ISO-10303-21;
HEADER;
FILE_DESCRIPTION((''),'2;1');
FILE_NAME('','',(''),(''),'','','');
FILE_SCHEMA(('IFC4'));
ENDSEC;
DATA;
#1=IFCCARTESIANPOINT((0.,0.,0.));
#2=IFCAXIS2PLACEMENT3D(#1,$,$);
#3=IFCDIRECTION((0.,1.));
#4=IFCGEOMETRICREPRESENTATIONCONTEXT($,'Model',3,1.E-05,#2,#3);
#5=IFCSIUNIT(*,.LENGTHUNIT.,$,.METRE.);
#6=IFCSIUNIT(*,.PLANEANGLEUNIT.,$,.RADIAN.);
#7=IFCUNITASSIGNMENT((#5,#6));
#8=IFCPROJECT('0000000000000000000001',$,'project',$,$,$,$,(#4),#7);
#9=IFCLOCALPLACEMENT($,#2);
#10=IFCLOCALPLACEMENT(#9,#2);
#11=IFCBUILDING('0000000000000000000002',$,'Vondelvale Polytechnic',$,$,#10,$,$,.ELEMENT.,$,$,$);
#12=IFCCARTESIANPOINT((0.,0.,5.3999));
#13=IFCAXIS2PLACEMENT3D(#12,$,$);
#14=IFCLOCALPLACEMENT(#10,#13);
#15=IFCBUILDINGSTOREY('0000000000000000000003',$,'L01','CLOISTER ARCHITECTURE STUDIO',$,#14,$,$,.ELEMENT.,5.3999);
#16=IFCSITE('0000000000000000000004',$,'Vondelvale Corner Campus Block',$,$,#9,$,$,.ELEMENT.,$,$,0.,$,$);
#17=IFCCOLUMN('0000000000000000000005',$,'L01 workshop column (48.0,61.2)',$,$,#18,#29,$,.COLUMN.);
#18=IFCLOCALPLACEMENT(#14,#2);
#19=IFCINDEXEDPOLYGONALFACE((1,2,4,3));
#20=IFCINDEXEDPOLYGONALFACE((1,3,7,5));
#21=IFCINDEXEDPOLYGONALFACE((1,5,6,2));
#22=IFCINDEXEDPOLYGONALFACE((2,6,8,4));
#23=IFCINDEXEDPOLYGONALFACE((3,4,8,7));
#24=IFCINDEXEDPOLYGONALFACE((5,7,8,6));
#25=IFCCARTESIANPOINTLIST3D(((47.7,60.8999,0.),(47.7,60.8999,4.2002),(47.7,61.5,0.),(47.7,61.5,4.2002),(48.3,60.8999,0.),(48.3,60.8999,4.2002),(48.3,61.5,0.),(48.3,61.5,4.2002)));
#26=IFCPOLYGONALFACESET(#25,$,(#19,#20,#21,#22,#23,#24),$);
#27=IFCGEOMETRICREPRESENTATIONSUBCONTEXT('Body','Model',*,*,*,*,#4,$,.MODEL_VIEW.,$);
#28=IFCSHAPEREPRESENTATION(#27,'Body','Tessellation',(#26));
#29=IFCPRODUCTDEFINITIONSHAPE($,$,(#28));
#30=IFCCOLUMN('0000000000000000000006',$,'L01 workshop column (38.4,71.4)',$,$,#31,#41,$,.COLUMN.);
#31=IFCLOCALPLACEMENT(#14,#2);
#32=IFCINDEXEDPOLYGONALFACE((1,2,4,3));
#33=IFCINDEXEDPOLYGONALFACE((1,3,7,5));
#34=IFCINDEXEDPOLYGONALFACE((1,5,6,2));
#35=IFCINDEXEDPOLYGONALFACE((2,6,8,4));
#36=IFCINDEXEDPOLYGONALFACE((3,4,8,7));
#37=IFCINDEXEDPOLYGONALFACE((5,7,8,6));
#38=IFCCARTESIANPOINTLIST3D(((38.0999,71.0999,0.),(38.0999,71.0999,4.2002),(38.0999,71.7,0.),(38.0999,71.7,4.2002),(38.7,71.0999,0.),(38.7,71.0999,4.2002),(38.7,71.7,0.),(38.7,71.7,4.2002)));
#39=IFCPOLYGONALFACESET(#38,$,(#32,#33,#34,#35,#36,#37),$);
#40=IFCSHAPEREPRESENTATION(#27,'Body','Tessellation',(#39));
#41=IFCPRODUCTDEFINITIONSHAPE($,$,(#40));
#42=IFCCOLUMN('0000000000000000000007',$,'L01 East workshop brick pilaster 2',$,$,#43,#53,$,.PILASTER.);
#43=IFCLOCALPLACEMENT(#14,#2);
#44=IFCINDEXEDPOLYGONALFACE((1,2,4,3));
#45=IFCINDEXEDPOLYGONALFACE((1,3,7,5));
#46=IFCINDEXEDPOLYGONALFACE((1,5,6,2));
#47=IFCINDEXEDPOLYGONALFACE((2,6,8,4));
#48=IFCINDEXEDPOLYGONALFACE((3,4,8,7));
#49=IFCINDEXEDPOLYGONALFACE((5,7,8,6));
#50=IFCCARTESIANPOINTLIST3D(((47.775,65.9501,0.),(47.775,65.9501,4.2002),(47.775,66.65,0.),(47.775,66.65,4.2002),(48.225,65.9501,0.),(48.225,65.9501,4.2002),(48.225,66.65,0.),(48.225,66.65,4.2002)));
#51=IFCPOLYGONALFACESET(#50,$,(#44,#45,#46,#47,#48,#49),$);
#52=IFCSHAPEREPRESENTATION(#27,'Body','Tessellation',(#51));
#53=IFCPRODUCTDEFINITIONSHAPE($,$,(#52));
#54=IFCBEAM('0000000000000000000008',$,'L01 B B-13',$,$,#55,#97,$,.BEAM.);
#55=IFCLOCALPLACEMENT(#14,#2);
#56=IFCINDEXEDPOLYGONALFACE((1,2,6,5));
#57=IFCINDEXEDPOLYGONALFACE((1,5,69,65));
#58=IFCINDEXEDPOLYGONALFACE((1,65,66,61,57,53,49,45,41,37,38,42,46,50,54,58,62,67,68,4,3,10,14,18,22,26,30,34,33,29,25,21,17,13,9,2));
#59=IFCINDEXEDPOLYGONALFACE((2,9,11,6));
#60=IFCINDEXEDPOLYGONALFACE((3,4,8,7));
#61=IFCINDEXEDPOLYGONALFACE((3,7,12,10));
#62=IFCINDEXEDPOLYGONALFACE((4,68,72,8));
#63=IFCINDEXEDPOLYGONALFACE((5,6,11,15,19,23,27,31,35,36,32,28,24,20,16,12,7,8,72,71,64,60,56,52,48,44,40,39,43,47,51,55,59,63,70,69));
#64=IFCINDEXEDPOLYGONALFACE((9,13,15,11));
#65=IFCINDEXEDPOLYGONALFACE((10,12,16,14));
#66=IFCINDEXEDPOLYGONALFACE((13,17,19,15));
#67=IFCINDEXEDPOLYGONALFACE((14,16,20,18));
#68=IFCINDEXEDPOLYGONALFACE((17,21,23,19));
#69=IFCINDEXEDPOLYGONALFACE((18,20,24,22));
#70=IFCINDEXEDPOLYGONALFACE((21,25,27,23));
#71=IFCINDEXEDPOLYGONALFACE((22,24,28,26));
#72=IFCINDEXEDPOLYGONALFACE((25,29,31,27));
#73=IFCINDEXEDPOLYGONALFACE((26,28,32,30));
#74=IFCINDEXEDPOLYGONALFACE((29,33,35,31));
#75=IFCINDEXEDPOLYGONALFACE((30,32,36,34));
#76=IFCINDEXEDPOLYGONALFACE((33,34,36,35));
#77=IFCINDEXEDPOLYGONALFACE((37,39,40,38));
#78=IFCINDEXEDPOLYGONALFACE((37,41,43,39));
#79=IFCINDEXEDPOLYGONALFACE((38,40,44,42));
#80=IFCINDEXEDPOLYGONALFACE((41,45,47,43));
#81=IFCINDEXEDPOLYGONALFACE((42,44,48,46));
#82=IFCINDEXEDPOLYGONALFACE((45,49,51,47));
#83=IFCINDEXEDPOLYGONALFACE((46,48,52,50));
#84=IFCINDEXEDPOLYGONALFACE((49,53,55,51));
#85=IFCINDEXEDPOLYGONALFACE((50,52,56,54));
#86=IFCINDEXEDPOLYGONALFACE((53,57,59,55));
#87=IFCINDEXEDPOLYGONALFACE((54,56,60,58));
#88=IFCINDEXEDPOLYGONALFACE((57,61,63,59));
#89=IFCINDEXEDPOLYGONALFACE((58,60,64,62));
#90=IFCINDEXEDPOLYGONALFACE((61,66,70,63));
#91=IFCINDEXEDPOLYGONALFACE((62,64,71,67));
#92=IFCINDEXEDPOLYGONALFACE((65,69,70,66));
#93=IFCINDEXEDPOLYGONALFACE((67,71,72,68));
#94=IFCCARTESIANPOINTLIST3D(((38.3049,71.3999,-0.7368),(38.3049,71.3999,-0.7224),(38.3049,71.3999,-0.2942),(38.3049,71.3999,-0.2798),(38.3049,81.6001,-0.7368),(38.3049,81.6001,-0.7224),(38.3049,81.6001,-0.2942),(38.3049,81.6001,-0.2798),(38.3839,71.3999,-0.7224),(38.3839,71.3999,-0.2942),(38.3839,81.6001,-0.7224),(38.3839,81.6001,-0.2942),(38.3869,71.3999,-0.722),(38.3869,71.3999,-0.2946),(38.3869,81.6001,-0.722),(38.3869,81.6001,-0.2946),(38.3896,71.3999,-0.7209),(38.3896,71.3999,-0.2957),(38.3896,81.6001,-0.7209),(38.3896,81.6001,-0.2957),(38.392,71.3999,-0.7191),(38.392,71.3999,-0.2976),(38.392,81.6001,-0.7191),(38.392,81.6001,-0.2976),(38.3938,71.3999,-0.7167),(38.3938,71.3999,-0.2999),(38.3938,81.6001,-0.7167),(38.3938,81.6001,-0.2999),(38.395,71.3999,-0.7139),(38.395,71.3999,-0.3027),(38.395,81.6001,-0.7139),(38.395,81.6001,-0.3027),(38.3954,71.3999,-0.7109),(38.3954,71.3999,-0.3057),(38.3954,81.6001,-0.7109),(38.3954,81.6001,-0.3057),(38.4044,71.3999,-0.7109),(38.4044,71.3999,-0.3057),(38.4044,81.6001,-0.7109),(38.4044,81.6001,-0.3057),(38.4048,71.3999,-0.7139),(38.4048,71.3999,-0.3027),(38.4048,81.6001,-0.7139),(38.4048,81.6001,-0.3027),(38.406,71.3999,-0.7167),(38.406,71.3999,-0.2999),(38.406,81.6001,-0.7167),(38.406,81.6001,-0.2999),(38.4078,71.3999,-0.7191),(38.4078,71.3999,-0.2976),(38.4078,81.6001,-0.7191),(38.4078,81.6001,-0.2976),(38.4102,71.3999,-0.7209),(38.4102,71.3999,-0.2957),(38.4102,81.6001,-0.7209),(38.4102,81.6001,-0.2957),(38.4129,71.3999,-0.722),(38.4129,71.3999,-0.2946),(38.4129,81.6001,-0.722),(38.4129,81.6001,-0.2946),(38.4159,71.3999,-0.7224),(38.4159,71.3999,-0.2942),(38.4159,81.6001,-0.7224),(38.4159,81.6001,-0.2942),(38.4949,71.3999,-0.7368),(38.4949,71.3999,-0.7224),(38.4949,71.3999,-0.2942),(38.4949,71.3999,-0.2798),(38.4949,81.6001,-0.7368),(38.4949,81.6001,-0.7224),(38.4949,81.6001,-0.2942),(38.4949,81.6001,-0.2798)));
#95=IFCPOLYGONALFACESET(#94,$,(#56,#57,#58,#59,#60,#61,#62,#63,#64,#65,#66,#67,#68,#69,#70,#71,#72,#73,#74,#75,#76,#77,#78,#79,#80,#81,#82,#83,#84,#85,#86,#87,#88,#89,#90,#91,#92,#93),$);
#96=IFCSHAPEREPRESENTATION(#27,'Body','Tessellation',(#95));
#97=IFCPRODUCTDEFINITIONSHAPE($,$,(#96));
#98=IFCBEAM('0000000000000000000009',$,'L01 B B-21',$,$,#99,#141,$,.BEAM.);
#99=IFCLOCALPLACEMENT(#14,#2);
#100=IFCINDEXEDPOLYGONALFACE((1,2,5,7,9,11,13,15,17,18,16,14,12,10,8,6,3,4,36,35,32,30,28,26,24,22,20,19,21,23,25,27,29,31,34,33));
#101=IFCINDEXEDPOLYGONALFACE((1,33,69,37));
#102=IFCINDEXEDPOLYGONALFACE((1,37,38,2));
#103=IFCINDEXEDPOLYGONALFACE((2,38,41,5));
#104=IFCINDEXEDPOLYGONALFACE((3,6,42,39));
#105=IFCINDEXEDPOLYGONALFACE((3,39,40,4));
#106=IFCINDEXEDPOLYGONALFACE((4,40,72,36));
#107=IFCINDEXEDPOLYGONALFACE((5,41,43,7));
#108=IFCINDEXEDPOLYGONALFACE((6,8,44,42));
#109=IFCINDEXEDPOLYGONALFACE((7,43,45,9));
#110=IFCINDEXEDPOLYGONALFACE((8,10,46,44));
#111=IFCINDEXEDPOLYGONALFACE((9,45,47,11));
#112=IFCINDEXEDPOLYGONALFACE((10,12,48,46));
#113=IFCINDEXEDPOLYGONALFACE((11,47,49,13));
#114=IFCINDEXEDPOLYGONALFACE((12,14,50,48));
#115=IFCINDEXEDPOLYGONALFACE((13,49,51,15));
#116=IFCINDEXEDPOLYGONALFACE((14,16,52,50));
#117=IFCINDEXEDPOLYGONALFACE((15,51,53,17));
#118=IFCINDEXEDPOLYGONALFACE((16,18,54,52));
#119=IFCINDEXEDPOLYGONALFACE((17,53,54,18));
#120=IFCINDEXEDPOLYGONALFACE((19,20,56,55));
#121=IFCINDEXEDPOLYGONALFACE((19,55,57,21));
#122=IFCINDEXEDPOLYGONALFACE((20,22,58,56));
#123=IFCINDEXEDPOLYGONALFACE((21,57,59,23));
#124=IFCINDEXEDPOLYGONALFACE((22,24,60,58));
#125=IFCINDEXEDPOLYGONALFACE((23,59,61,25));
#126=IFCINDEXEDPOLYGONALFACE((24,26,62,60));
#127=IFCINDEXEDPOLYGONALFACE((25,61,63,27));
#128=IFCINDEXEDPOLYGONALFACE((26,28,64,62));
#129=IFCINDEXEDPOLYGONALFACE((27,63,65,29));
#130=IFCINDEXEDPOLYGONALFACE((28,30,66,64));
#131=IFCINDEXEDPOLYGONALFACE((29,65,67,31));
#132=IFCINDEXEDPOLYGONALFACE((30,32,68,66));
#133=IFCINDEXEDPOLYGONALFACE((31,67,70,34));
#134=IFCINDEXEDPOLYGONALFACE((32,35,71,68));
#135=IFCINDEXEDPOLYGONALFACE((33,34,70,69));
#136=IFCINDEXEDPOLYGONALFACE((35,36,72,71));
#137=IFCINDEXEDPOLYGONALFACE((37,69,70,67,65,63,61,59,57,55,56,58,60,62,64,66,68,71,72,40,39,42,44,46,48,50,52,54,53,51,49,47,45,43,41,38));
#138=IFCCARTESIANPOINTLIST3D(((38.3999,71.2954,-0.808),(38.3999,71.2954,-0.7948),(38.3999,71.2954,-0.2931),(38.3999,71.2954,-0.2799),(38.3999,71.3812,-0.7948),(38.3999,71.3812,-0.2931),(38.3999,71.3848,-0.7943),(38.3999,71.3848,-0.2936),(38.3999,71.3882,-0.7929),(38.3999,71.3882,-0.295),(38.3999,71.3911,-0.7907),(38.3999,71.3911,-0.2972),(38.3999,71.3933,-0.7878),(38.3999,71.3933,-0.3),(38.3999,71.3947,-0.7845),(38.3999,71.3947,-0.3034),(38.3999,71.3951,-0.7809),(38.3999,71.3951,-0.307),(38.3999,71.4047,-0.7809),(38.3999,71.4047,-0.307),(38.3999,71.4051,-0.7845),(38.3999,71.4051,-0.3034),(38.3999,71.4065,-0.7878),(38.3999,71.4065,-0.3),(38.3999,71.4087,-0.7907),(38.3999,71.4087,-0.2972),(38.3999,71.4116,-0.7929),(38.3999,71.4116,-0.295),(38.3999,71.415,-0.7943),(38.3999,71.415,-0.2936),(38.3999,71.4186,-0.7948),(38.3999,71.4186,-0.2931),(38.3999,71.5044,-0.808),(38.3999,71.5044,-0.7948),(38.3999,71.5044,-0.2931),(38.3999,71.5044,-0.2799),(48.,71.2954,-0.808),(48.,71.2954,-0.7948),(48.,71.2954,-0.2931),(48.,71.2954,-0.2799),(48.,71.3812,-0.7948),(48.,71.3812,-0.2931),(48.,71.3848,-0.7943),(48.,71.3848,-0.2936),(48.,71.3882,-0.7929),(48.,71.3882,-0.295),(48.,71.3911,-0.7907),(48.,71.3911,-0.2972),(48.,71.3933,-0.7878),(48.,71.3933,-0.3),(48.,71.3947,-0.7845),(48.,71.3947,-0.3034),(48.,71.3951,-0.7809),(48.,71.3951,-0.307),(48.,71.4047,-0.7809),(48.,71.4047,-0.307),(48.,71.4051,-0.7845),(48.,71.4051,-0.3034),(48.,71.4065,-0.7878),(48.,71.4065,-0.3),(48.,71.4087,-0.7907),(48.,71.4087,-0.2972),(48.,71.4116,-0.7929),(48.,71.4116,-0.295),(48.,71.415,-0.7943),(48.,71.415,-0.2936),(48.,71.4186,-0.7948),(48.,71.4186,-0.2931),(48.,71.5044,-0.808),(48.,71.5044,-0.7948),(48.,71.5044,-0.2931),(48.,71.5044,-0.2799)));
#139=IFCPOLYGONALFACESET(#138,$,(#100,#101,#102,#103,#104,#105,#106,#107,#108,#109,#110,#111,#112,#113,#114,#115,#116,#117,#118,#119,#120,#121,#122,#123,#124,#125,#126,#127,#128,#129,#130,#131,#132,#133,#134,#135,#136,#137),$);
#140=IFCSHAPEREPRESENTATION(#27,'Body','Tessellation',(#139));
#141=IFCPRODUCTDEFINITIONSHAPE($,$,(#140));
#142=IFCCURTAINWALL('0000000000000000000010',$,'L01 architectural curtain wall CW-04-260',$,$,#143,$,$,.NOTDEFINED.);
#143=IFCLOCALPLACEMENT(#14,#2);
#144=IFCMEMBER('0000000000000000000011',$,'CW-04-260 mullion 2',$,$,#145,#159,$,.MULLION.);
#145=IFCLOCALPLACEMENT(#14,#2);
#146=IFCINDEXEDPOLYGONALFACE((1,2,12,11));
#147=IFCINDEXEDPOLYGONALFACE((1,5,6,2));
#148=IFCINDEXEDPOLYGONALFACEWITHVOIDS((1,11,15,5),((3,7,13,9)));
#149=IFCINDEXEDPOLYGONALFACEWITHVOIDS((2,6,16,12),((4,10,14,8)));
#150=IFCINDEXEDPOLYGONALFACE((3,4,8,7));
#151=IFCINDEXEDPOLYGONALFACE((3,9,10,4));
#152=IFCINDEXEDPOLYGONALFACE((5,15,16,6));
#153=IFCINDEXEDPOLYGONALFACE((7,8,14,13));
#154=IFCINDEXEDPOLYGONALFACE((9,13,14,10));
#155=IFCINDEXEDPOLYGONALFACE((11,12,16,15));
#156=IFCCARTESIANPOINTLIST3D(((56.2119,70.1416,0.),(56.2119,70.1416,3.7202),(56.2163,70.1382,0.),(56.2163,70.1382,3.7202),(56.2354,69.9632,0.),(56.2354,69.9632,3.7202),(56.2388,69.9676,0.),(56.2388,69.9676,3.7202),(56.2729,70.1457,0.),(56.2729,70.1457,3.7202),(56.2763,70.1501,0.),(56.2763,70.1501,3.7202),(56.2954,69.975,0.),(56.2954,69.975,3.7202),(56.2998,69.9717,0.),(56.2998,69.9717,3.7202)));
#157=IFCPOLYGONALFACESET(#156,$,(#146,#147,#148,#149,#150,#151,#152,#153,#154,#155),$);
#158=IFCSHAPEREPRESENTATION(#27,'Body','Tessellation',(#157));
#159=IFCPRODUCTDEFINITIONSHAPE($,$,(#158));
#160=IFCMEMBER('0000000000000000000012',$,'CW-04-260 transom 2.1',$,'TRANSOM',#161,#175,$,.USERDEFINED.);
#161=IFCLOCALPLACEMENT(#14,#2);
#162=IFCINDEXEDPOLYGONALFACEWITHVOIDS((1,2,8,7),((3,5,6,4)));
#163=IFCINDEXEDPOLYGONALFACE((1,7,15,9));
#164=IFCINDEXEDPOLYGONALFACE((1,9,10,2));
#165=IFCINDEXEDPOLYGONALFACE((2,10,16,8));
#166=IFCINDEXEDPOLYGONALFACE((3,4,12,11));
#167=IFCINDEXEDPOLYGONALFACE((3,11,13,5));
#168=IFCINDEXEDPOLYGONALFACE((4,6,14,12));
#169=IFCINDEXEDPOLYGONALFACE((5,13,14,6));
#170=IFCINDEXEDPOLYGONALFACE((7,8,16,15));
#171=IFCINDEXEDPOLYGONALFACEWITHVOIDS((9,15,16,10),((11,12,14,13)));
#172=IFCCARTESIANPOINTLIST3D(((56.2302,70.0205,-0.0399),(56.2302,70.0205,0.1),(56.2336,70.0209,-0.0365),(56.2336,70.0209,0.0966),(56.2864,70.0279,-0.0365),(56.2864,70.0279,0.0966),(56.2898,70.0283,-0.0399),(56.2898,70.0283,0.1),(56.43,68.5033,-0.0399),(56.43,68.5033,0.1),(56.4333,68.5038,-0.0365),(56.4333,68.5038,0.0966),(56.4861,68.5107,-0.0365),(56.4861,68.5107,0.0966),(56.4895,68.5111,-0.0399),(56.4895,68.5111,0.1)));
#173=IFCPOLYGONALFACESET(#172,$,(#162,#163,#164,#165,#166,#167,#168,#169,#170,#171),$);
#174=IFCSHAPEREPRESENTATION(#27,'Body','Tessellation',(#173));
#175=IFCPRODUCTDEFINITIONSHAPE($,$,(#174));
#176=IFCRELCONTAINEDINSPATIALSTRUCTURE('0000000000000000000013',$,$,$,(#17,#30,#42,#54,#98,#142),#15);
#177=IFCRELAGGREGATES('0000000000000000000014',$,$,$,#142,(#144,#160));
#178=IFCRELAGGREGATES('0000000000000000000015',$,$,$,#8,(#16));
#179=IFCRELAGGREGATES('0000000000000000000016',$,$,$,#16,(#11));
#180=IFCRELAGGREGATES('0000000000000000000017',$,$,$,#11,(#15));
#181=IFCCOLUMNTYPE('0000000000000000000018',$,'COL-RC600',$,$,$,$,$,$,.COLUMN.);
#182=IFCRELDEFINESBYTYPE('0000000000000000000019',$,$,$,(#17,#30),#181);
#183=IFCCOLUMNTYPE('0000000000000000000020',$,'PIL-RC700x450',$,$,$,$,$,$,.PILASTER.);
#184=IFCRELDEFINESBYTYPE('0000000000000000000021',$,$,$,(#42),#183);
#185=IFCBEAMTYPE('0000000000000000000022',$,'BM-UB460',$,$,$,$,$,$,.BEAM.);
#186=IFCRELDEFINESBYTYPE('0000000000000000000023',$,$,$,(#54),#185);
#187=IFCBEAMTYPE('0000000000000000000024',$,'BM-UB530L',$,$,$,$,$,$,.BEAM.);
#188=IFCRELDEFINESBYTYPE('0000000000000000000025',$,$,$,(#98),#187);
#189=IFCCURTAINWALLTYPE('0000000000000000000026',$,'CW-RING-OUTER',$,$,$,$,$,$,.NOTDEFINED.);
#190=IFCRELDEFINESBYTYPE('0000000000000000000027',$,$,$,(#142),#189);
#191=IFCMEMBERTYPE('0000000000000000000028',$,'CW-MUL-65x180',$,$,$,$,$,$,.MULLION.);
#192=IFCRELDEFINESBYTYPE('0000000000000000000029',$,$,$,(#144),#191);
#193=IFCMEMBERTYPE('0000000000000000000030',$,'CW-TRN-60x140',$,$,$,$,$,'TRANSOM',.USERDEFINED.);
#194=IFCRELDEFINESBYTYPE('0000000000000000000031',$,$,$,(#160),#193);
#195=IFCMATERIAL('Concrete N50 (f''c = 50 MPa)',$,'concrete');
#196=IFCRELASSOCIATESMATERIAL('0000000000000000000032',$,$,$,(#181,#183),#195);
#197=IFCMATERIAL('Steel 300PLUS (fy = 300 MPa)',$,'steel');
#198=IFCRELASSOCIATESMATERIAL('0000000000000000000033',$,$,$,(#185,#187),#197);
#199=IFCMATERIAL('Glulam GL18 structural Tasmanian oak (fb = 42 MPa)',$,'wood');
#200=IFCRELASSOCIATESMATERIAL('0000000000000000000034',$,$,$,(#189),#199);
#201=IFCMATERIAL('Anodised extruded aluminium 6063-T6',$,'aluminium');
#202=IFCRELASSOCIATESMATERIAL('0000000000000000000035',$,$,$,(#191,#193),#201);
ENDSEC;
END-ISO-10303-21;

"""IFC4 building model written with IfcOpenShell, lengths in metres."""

from ifc_helpers import new_model, si_unit, direction, frame, origin, origin_2d, place, context, subcontext, project, spatial, rectangle, hollow_rectangle, i_section, extrude, material, material_profile, profile_set, type_object, element, aggregate, save


model = new_model("IFC4")

# Units and contexts
model_context = context("Model", 3, precision=1e-05, world=origin(), true_north=direction((0.0, 1.0)))
body_context = subcontext(model_context, "Body", "Model", "MODEL_VIEW")
ifc_project = project(units=[si_unit("LENGTHUNIT", "METRE"), si_unit("PLANEANGLEUNIT", "RADIAN")], contexts=[model_context])

# Site, building, storey
site_placement = place(None, origin())
site = spatial("IfcSite", under=ifc_project, at=site_placement, Name="Vondelvale Corner Campus Block", CompositionType="ELEMENT", RefElevation=0.0)
building_placement = place(site_placement, origin())
building = spatial("IfcBuilding", under=site, at=building_placement, Name="Vondelvale Polytechnic", CompositionType="ELEMENT")
storey_placement = place(building_placement, frame((0.0, 0.0, 5.3999)))
storey = spatial("IfcBuildingStorey", under=building, at=storey_placement, Name="L01", Description="CLOISTER ARCHITECTURE STUDIO", CompositionType="ELEMENT", Elevation=5.3999)

# Columns
ifc_material_1 = material(Name="Concrete N50 (f'c = 50 MPa)", Category="concrete")
ifc_material_profile_1 = material_profile(ifc_material_1, rectangle(XDim=0.6001, YDim=0.6001, at=origin_2d()), Name="RC-COL-600x600")
ifc_profile_set_1 = profile_set([ifc_material_profile_1], Name="Concrete N50 (f'c = 50 MPa)")
column_type_1 = type_object("IfcColumnType", Name="COL-RC600", PredefinedType="COLUMN", material=ifc_profile_set_1)
for number, where, z_axis, x_axis, name in (
    (1, (48.0, 61.2, 0.0), (0.0, 0.0, 1.0), (1.0, 0.0, 0.0), "L01 workshop column (48.0,61.2)"),
    (2, (38.3999, 71.3999, 0.0), (0.0, 0.0, 1.0), (1.0, 0.0, 0.0), "L01 workshop column (38.4,71.4)"),
):
    element("IfcColumn", number, at=place(storey_placement, frame(where, z_axis=z_axis, x_axis=x_axis)), inside=storey, type_object=column_type_1, Name=name, PredefinedType="COLUMN", context=body_context, shape_type="SweptSolid", body=[
        extrude(rectangle(XDim=0.6001, YDim=0.6001, at=origin_2d()), origin(), (0.0, 0.0, 1.0), 4.2002),
    ])
ifc_material_profile_2 = material_profile(ifc_material_1, rectangle(XDim=0.45, YDim=0.7, at=origin_2d()), Name="RC-PIL-700x450")
ifc_profile_set_2 = profile_set([ifc_material_profile_2], Name="Concrete N50 (f'c = 50 MPa)")
column_type_2 = type_object("IfcColumnType", Name="PIL-RC700x450", PredefinedType="PILASTER", material=ifc_profile_set_2)
column_placement = place(storey_placement, frame((48.0, 66.3, 0.0), z_axis=(0.0, 0.0, 1.0), x_axis=(1.0, 0.0, 0.0)))
element("IfcColumn", 3, at=column_placement, inside=storey, type_object=column_type_2, Name="L01 East workshop brick pilaster 2", PredefinedType="PILASTER", context=body_context, shape_type="SweptSolid", body=[
    extrude(rectangle(XDim=0.45, YDim=0.7, at=origin_2d()), origin(), (0.0, 0.0, 1.0), 4.2002),
])

# Beams
ifc_material_2 = material(Name="Steel 300PLUS (fy = 300 MPa)", Category="steel")
ifc_material_profile_3 = material_profile(ifc_material_2, i_section(OverallWidth=0.1899, OverallDepth=0.457, WebThickness=0.009, FlangeThickness=0.0144, FilletRadius=0.0115, at=origin_2d()), Name="460UB74.6")
ifc_profile_set_3 = profile_set([ifc_material_profile_3], Name="Steel 300PLUS (fy = 300 MPa)")
beam_type_1 = type_object("IfcBeamType", Name="BM-UB460", PredefinedType="BEAM", material=ifc_profile_set_3)
beam_1_placement = place(storey_placement, frame((38.3999, 71.3999, -0.5083), z_axis=(0.0, 1.0, 0.0), x_axis=(-1.0, 0.0, 0.0)))
element("IfcBeam", 4, at=beam_1_placement, inside=storey, type_object=beam_type_1, Name="L01 B B-13", PredefinedType="BEAM", context=body_context, shape_type="SweptSolid", body=[
    extrude(i_section(OverallWidth=0.1899, OverallDepth=0.457, WebThickness=0.009, FlangeThickness=0.0144, FilletRadius=0.0115, at=origin_2d()), origin(), (0.0, 0.0, 1.0), 10.2002),
])
ifc_material_profile_4 = material_profile(ifc_material_2, i_section(OverallWidth=0.209, OverallDepth=0.5281, WebThickness=0.0095, FlangeThickness=0.0132, FilletRadius=0.0139, at=origin_2d()), Name="530UB82.0")
ifc_profile_set_4 = profile_set([ifc_material_profile_4], Name="Steel 300PLUS (fy = 300 MPa)")
beam_type_2 = type_object("IfcBeamType", Name="BM-UB530L", PredefinedType="BEAM", material=ifc_profile_set_4)
beam_2_placement = place(storey_placement, frame((38.3999, 71.3999, -0.5439), z_axis=(1.0, 0.0, 0.0), x_axis=(0.0, 1.0, 0.0)))
element("IfcBeam", 5, at=beam_2_placement, inside=storey, type_object=beam_type_2, Name="L01 B B-21", PredefinedType="BEAM", context=body_context, shape_type="SweptSolid", body=[
    extrude(i_section(OverallWidth=0.209, OverallDepth=0.5281, WebThickness=0.0095, FlangeThickness=0.0132, FilletRadius=0.0139, at=origin_2d()), origin(), (0.0, 0.0, 1.0), 9.6001),
])

# Curtain wall, members
ifc_material_3 = material(Name="Glulam GL18 structural Tasmanian oak (fb = 42 MPa)", Category="wood")
curtain_wall_type = type_object("IfcCurtainWallType", Name="CW-RING-OUTER", PredefinedType="NOTDEFINED", material=ifc_material_3)
curtain_wall_placement = place(storey_placement, origin())
curtain_wall = element("IfcCurtainWall", 6, at=curtain_wall_placement, inside=storey, type_object=curtain_wall_type, Name="L01 architectural curtain wall CW-04-260", PredefinedType="NOTDEFINED")
ifc_material_4 = material(Name="Anodised extruded aluminium 6063-T6", Category="aluminium")
ifc_material_profile_5 = material_profile(ifc_material_4, hollow_rectangle(XDim=0.0649, YDim=0.1799, WallThickness=0.0039, at=origin_2d()), Name="CW-MUL-180x65")
ifc_profile_set_5 = profile_set([ifc_material_profile_5], Name="Anodised extruded aluminium 6063-T6")
member_type_1 = type_object("IfcMemberType", Name="CW-MUL-65x180", PredefinedType="MULLION", material=ifc_profile_set_5)
member_1_placement = place(storey_placement, frame((56.2559, 70.0566, 0.0), z_axis=(0.0, 0.0, 1.0), x_axis=(0.991443, 0.13054, 0.0)))
member_1 = element("IfcMember", 7, at=member_1_placement, type_object=member_type_1, Name="CW-04-260 mullion 2", PredefinedType="MULLION", context=body_context, shape_type="SweptSolid", body=[
    extrude(hollow_rectangle(XDim=0.0649, YDim=0.1799, WallThickness=0.0039, at=origin_2d()), origin(), (0.0, 0.0, 1.0), 3.7202),
])
ifc_material_profile_6 = material_profile(ifc_material_4, hollow_rectangle(XDim=0.0601, YDim=0.1399, WallThickness=0.0034, at=origin_2d()), Name="CW-TRN-140x60")
ifc_profile_set_6 = profile_set([ifc_material_profile_6], Name="Anodised extruded aluminium 6063-T6")
member_type_2 = type_object("IfcMemberType", Name="CW-TRN-60x140", ElementType="TRANSOM", PredefinedType="USERDEFINED", material=ifc_profile_set_6)
member_2_placement = place(storey_placement, frame((56.26, 70.0244, 0.03), z_axis=(0.130512, -0.991447, 0.0), x_axis=(0.991447, 0.130512, 0.0)))
member_2 = element("IfcMember", 8, at=member_2_placement, type_object=member_type_2, Name="CW-04-260 transom 2.1", ObjectType="TRANSOM", PredefinedType="USERDEFINED", context=body_context, shape_type="SweptSolid", body=[
    extrude(hollow_rectangle(XDim=0.0601, YDim=0.1399, WallThickness=0.0034, at=origin_2d()), origin(), (0.0, 0.0, 1.0), 1.5303),
])

aggregate(curtain_wall, [member_1, member_2])

save(model, "model.ifc")
